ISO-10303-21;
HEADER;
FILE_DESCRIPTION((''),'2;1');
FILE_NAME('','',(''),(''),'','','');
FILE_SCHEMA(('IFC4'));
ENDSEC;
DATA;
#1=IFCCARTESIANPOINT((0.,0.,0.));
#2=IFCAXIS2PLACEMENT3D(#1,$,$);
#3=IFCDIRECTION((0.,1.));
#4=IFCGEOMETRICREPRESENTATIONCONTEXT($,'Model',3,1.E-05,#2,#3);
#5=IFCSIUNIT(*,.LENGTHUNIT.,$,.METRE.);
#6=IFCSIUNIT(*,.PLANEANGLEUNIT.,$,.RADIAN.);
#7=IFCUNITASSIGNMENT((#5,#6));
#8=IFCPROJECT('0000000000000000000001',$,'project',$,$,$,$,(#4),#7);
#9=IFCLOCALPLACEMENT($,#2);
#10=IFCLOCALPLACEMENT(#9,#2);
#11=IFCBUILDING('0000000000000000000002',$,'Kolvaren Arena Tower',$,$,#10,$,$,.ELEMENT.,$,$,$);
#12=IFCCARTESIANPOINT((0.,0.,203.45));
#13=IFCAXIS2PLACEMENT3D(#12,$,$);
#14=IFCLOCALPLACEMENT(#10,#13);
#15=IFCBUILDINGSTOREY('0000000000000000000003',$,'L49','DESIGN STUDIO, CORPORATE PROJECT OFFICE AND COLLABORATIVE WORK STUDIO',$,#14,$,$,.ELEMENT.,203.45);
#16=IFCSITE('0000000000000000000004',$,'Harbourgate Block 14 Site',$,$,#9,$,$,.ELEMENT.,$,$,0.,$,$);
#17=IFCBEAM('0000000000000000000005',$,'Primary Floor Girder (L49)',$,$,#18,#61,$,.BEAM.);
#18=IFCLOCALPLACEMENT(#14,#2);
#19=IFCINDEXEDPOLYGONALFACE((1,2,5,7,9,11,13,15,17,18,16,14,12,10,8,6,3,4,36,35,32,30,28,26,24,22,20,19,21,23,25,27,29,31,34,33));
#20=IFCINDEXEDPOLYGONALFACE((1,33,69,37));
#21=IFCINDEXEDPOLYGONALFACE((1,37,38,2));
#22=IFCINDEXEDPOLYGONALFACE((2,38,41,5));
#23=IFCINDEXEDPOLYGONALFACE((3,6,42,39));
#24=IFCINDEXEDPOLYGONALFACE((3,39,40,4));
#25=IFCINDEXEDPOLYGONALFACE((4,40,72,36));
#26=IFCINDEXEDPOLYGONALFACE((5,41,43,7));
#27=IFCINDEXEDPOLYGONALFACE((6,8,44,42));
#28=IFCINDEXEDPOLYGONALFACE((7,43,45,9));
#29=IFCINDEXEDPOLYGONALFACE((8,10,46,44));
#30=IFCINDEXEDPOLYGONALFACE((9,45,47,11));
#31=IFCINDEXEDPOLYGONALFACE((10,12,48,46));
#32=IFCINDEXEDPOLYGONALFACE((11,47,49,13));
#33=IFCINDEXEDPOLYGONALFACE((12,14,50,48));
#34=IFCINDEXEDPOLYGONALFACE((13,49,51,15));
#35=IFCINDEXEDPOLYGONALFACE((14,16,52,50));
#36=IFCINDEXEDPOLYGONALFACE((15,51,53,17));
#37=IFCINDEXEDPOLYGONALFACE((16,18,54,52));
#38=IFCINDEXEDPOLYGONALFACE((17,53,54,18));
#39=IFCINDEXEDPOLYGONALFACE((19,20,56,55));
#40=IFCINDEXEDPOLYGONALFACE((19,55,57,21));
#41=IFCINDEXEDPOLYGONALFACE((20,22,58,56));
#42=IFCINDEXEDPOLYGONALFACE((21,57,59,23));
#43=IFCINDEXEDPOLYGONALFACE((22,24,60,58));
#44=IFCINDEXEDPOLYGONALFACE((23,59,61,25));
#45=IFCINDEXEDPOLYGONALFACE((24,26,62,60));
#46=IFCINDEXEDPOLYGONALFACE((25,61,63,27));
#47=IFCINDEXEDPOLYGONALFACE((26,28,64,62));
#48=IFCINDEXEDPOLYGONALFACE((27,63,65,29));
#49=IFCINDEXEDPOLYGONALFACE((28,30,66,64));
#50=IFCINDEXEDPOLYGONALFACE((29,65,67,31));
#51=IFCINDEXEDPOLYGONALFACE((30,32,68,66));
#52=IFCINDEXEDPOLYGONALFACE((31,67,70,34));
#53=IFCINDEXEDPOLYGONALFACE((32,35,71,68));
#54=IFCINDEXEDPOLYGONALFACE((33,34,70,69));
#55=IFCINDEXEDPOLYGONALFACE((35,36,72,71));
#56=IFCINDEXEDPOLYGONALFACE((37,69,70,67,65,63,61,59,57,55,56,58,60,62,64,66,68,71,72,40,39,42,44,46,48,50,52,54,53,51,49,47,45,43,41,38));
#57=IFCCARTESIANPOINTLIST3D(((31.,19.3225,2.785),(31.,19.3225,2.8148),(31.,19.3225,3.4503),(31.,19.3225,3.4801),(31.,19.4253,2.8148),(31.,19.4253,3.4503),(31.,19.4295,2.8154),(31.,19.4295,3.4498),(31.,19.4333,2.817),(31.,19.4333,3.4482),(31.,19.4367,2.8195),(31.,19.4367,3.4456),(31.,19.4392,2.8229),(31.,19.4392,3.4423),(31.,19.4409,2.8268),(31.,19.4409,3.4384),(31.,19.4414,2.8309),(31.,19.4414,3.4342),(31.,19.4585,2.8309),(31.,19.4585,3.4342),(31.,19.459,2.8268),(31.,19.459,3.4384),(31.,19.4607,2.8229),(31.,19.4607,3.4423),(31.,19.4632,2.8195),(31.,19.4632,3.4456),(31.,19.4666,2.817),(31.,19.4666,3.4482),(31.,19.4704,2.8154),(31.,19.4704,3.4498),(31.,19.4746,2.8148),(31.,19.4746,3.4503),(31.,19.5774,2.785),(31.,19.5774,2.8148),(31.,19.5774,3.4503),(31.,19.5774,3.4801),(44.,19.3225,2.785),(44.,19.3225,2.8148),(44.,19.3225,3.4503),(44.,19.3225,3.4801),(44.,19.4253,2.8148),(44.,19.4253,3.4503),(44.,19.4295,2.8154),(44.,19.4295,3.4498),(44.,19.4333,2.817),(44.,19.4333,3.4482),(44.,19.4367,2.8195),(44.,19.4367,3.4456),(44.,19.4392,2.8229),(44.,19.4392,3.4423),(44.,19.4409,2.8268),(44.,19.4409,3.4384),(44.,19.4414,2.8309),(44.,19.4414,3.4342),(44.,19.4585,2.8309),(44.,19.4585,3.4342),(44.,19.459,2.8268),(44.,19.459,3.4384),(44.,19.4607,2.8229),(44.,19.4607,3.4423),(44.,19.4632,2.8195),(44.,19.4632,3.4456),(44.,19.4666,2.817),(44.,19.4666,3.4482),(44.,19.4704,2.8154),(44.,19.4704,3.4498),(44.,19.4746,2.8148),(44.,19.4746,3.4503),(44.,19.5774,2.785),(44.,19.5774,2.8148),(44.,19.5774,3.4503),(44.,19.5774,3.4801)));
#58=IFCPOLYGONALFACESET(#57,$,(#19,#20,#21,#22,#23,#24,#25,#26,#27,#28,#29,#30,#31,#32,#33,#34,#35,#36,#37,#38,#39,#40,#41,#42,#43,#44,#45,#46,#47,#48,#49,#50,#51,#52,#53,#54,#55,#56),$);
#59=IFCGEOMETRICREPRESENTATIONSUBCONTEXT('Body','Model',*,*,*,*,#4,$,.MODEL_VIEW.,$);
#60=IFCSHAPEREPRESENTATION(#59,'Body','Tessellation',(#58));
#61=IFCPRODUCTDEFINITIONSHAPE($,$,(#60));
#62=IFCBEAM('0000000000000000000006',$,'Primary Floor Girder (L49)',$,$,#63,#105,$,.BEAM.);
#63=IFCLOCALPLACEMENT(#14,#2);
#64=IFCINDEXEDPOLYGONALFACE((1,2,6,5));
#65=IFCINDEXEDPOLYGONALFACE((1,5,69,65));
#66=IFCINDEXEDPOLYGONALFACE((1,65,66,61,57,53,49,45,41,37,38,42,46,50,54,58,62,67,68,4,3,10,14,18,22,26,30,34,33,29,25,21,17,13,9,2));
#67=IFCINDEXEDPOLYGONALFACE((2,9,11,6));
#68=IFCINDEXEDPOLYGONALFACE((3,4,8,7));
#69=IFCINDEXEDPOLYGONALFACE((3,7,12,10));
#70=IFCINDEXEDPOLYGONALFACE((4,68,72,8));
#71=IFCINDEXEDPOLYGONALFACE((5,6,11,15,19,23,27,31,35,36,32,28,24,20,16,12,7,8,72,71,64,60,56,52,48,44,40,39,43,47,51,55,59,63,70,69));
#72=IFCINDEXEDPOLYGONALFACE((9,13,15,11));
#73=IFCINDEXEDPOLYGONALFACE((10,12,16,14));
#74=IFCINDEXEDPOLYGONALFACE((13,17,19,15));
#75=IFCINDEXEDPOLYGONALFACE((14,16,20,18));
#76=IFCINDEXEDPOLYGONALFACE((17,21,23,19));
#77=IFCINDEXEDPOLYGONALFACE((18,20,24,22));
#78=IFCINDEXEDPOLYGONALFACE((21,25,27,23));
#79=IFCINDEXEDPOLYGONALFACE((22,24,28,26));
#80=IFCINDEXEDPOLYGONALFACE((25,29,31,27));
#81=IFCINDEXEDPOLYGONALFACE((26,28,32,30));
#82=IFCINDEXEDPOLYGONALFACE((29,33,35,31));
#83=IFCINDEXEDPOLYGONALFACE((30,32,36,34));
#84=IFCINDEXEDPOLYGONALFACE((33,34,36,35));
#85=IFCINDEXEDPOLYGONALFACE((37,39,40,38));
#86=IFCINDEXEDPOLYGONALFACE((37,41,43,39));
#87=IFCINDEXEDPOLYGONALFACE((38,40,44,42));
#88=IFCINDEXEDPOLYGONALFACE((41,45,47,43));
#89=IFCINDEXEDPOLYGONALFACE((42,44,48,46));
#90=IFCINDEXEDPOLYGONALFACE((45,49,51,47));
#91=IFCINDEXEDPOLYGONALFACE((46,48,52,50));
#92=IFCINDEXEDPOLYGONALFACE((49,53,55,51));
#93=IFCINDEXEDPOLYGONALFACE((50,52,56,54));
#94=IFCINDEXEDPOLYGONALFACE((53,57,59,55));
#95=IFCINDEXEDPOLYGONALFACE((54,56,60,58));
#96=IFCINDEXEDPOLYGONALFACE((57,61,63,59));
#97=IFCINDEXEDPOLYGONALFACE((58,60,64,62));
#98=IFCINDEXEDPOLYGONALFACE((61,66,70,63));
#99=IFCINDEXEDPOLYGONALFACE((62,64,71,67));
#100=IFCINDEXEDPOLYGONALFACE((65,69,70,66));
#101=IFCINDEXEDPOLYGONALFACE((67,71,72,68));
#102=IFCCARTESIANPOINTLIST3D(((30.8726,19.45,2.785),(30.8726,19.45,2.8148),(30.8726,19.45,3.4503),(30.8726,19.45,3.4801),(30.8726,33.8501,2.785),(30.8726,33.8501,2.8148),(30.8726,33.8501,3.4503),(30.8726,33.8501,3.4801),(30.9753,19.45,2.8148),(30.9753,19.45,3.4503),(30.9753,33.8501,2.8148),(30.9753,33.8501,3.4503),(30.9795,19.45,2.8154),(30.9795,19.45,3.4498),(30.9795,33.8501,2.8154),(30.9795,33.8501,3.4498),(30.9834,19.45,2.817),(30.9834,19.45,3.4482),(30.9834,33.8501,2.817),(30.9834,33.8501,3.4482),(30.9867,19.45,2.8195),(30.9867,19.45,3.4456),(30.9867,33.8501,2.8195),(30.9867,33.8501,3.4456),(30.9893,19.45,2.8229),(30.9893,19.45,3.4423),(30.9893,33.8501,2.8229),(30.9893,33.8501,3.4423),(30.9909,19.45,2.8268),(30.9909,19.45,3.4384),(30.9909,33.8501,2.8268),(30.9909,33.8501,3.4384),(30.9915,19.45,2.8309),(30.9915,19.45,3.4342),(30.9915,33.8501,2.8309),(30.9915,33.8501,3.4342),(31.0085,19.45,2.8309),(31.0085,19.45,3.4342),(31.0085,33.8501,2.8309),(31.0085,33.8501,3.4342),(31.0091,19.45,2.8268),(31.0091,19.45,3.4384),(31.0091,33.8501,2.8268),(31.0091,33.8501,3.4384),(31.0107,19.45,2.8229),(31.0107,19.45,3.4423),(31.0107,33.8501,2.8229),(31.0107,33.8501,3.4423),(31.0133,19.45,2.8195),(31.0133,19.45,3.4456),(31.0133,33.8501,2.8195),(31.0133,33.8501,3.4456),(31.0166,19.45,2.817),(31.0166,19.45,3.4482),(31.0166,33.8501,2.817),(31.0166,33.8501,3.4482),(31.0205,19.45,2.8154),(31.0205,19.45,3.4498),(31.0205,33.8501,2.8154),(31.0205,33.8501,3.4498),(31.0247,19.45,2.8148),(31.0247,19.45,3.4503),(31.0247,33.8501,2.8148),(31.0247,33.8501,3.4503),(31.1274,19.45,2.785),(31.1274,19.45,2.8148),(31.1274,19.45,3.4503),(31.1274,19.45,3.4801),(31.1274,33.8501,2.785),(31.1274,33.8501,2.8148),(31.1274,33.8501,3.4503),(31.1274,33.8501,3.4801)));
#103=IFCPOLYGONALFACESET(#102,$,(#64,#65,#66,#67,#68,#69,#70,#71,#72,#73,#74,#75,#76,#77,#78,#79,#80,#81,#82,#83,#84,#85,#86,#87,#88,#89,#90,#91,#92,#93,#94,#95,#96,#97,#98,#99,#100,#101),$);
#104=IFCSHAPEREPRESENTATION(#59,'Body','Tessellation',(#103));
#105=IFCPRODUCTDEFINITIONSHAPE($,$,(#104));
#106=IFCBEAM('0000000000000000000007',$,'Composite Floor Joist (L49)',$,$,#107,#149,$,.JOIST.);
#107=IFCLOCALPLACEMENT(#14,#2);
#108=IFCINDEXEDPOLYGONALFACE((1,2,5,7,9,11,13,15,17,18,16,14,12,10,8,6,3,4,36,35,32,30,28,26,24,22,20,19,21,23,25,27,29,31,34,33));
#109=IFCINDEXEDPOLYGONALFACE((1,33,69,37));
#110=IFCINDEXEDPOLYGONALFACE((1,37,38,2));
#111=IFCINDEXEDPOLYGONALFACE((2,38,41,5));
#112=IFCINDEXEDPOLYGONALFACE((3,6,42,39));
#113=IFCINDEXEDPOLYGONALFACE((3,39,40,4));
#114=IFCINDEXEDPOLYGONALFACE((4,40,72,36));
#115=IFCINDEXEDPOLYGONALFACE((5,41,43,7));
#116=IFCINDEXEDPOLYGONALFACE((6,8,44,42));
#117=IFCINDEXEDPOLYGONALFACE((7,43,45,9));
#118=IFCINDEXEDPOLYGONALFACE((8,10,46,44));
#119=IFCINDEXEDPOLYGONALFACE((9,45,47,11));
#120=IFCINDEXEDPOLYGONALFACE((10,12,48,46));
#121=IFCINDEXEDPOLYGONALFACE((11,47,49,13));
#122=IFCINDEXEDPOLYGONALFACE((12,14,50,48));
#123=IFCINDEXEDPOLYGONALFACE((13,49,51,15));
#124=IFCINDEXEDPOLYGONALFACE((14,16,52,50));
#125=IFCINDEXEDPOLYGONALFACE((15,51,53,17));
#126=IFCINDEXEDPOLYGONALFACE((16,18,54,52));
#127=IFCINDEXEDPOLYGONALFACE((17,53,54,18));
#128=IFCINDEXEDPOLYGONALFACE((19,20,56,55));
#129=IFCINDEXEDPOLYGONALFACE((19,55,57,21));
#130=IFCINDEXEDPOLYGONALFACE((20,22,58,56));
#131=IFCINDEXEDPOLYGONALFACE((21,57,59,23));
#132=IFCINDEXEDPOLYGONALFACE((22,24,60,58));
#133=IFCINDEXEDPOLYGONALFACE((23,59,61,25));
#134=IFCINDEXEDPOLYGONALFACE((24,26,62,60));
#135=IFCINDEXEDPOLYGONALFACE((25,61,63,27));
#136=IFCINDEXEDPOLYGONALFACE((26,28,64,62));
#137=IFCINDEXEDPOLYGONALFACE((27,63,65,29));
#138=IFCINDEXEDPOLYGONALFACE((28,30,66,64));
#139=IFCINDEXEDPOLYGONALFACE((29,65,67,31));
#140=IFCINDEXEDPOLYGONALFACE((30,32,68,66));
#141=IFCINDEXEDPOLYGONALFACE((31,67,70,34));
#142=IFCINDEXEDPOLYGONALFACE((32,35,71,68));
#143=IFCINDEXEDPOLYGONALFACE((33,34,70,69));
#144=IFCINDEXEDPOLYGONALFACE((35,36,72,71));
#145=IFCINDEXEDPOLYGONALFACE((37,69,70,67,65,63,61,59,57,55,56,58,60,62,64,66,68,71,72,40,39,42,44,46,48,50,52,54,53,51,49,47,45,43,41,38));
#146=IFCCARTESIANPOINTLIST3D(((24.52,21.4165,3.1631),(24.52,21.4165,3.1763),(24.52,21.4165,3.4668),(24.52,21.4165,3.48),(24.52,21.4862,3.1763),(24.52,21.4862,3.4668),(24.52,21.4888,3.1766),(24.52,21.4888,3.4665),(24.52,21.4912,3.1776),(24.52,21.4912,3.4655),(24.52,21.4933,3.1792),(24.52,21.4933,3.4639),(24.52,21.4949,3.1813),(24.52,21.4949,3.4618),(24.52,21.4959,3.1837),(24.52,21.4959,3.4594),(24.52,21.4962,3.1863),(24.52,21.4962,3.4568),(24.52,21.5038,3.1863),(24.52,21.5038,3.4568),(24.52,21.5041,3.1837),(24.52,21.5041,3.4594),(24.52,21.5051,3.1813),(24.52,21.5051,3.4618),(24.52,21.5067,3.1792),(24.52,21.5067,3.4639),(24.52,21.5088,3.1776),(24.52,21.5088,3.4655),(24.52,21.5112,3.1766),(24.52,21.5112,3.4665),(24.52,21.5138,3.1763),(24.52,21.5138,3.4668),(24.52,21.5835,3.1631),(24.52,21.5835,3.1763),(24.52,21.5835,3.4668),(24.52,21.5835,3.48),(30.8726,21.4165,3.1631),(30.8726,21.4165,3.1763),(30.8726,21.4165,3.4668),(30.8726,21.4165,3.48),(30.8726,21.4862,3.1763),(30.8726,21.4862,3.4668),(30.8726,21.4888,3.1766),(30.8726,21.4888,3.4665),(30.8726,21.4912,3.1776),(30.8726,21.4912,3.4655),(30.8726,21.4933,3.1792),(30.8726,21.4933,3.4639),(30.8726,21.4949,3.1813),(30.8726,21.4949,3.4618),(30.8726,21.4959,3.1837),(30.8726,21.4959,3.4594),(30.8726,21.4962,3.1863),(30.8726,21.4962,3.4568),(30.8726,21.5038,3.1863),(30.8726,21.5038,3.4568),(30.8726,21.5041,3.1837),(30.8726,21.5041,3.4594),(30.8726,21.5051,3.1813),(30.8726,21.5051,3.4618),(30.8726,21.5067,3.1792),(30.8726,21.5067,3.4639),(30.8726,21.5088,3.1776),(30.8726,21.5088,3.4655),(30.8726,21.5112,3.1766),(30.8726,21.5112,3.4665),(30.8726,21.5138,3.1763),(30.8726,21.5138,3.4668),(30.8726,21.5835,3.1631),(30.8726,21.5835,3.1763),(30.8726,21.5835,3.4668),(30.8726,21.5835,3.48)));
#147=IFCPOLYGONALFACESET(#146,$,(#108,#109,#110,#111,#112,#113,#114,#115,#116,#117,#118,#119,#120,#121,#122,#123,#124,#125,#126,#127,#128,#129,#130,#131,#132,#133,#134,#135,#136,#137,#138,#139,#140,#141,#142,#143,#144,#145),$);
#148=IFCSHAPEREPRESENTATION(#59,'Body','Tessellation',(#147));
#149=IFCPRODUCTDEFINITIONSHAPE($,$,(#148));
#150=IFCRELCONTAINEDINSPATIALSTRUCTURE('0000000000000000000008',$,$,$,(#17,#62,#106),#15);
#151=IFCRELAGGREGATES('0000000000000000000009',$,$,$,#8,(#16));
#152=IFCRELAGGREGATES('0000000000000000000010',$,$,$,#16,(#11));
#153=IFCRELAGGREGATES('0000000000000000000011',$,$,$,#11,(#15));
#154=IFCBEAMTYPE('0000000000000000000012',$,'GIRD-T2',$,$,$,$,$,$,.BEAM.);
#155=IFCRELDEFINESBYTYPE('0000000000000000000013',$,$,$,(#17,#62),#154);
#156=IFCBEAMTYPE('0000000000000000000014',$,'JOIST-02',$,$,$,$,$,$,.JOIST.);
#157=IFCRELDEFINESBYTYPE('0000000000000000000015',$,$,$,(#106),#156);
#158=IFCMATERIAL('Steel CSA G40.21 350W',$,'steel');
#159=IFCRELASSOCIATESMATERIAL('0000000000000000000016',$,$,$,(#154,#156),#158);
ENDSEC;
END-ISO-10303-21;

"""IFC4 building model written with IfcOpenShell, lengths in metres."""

from ifc_helpers import new_model, si_unit, direction, frame, origin, origin_2d, place, context, subcontext, project, spatial, i_section, extrude, material, material_profile, profile_set, type_object, element, save


model = new_model("IFC4")

# Units and contexts
model_context = context("Model", 3, precision=1e-05, world=origin(), true_north=direction((0.0, 1.0)))
body_context = subcontext(model_context, "Body", "Model", "MODEL_VIEW")
ifc_project = project(units=[si_unit("LENGTHUNIT", "METRE"), si_unit("PLANEANGLEUNIT", "RADIAN")], contexts=[model_context])

# Site, building, storey
site_placement = place(None, origin())
site = spatial("IfcSite", under=ifc_project, at=site_placement, Name="Harbourgate Block 14 Site", CompositionType="ELEMENT", RefElevation=0.0)
building_placement = place(site_placement, origin())
building = spatial("IfcBuilding", under=site, at=building_placement, Name="Kolvaren Arena Tower", CompositionType="ELEMENT")
storey_placement = place(building_placement, frame((0.0, 0.0, 203.45)))
storey = spatial("IfcBuildingStorey", under=building, at=storey_placement, Name="L49", Description="DESIGN STUDIO, CORPORATE PROJECT OFFICE AND COLLABORATIVE WORK STUDIO", CompositionType="ELEMENT", Elevation=203.45)

# Beams
ifc_material_1 = material(Name="Steel CSA G40.21 350W", Category="steel")
ifc_material_profile_1 = material_profile(ifc_material_1, i_section(OverallWidth=0.2549, OverallDepth=0.6951, WebThickness=0.0171, FlangeThickness=0.0298, FilletRadius=0.0161, at=origin_2d()), Name="W690x217")
ifc_profile_set_1 = profile_set([ifc_material_profile_1], Name="Steel CSA G40.21 350W")
beam_type_1 = type_object("IfcBeamType", Name="GIRD-T2", PredefinedType="BEAM", material=ifc_profile_set_1)
beam_1_placement = place(storey_placement, frame((31.0, 19.45, 3.1326), z_axis=(1.0, 0.0, 0.0), x_axis=(0.0, 1.0, 0.0)))
element("IfcBeam", 1, at=beam_1_placement, inside=storey, type_object=beam_type_1, Name="Primary Floor Girder (L49)", PredefinedType="BEAM", context=body_context, shape_type="SweptSolid", body=[
    extrude(i_section(OverallWidth=0.2549, OverallDepth=0.6951, WebThickness=0.0171, FlangeThickness=0.0298, FilletRadius=0.0161, at=origin_2d()), origin(), (0.0, 0.0, 1.0), 13.0),
])
beam_2_placement = place(storey_placement, frame((31.0, 19.45, 3.1326), z_axis=(0.0, 1.0, 0.0), x_axis=(-1.0, 0.0, 0.0)))
element("IfcBeam", 2, at=beam_2_placement, inside=storey, type_object=beam_type_1, Name="Primary Floor Girder (L49)", PredefinedType="BEAM", context=body_context, shape_type="SweptSolid", body=[
    extrude(i_section(OverallWidth=0.2549, OverallDepth=0.6951, WebThickness=0.0171, FlangeThickness=0.0298, FilletRadius=0.0161, at=origin_2d()), origin(), (0.0, 0.0, 1.0), 14.4001),
])
ifc_material_profile_2 = material_profile(ifc_material_1, i_section(OverallWidth=0.167, OverallDepth=0.3169, WebThickness=0.0076, FlangeThickness=0.0132, FilletRadius=0.01, at=origin_2d()), Name="W310x52")
ifc_profile_set_2 = profile_set([ifc_material_profile_2], Name="Steel CSA G40.21 350W")
beam_type_2 = type_object("IfcBeamType", Name="JOIST-02", PredefinedType="JOIST", material=ifc_profile_set_2)
beam_3_placement = place(storey_placement, frame((24.52, 21.5, 3.3215), z_axis=(1.0, 0.0, 0.0), x_axis=(0.0, 1.0, 0.0)))
element("IfcBeam", 3, at=beam_3_placement, inside=storey, type_object=beam_type_2, Name="Composite Floor Joist (L49)", PredefinedType="JOIST", context=body_context, shape_type="SweptSolid", body=[
    extrude(i_section(OverallWidth=0.167, OverallDepth=0.3169, WebThickness=0.0076, FlangeThickness=0.0132, FilletRadius=0.01, at=origin_2d()), origin(), (0.0, 0.0, 1.0), 6.3525),
])

save(model, "model.ifc")
